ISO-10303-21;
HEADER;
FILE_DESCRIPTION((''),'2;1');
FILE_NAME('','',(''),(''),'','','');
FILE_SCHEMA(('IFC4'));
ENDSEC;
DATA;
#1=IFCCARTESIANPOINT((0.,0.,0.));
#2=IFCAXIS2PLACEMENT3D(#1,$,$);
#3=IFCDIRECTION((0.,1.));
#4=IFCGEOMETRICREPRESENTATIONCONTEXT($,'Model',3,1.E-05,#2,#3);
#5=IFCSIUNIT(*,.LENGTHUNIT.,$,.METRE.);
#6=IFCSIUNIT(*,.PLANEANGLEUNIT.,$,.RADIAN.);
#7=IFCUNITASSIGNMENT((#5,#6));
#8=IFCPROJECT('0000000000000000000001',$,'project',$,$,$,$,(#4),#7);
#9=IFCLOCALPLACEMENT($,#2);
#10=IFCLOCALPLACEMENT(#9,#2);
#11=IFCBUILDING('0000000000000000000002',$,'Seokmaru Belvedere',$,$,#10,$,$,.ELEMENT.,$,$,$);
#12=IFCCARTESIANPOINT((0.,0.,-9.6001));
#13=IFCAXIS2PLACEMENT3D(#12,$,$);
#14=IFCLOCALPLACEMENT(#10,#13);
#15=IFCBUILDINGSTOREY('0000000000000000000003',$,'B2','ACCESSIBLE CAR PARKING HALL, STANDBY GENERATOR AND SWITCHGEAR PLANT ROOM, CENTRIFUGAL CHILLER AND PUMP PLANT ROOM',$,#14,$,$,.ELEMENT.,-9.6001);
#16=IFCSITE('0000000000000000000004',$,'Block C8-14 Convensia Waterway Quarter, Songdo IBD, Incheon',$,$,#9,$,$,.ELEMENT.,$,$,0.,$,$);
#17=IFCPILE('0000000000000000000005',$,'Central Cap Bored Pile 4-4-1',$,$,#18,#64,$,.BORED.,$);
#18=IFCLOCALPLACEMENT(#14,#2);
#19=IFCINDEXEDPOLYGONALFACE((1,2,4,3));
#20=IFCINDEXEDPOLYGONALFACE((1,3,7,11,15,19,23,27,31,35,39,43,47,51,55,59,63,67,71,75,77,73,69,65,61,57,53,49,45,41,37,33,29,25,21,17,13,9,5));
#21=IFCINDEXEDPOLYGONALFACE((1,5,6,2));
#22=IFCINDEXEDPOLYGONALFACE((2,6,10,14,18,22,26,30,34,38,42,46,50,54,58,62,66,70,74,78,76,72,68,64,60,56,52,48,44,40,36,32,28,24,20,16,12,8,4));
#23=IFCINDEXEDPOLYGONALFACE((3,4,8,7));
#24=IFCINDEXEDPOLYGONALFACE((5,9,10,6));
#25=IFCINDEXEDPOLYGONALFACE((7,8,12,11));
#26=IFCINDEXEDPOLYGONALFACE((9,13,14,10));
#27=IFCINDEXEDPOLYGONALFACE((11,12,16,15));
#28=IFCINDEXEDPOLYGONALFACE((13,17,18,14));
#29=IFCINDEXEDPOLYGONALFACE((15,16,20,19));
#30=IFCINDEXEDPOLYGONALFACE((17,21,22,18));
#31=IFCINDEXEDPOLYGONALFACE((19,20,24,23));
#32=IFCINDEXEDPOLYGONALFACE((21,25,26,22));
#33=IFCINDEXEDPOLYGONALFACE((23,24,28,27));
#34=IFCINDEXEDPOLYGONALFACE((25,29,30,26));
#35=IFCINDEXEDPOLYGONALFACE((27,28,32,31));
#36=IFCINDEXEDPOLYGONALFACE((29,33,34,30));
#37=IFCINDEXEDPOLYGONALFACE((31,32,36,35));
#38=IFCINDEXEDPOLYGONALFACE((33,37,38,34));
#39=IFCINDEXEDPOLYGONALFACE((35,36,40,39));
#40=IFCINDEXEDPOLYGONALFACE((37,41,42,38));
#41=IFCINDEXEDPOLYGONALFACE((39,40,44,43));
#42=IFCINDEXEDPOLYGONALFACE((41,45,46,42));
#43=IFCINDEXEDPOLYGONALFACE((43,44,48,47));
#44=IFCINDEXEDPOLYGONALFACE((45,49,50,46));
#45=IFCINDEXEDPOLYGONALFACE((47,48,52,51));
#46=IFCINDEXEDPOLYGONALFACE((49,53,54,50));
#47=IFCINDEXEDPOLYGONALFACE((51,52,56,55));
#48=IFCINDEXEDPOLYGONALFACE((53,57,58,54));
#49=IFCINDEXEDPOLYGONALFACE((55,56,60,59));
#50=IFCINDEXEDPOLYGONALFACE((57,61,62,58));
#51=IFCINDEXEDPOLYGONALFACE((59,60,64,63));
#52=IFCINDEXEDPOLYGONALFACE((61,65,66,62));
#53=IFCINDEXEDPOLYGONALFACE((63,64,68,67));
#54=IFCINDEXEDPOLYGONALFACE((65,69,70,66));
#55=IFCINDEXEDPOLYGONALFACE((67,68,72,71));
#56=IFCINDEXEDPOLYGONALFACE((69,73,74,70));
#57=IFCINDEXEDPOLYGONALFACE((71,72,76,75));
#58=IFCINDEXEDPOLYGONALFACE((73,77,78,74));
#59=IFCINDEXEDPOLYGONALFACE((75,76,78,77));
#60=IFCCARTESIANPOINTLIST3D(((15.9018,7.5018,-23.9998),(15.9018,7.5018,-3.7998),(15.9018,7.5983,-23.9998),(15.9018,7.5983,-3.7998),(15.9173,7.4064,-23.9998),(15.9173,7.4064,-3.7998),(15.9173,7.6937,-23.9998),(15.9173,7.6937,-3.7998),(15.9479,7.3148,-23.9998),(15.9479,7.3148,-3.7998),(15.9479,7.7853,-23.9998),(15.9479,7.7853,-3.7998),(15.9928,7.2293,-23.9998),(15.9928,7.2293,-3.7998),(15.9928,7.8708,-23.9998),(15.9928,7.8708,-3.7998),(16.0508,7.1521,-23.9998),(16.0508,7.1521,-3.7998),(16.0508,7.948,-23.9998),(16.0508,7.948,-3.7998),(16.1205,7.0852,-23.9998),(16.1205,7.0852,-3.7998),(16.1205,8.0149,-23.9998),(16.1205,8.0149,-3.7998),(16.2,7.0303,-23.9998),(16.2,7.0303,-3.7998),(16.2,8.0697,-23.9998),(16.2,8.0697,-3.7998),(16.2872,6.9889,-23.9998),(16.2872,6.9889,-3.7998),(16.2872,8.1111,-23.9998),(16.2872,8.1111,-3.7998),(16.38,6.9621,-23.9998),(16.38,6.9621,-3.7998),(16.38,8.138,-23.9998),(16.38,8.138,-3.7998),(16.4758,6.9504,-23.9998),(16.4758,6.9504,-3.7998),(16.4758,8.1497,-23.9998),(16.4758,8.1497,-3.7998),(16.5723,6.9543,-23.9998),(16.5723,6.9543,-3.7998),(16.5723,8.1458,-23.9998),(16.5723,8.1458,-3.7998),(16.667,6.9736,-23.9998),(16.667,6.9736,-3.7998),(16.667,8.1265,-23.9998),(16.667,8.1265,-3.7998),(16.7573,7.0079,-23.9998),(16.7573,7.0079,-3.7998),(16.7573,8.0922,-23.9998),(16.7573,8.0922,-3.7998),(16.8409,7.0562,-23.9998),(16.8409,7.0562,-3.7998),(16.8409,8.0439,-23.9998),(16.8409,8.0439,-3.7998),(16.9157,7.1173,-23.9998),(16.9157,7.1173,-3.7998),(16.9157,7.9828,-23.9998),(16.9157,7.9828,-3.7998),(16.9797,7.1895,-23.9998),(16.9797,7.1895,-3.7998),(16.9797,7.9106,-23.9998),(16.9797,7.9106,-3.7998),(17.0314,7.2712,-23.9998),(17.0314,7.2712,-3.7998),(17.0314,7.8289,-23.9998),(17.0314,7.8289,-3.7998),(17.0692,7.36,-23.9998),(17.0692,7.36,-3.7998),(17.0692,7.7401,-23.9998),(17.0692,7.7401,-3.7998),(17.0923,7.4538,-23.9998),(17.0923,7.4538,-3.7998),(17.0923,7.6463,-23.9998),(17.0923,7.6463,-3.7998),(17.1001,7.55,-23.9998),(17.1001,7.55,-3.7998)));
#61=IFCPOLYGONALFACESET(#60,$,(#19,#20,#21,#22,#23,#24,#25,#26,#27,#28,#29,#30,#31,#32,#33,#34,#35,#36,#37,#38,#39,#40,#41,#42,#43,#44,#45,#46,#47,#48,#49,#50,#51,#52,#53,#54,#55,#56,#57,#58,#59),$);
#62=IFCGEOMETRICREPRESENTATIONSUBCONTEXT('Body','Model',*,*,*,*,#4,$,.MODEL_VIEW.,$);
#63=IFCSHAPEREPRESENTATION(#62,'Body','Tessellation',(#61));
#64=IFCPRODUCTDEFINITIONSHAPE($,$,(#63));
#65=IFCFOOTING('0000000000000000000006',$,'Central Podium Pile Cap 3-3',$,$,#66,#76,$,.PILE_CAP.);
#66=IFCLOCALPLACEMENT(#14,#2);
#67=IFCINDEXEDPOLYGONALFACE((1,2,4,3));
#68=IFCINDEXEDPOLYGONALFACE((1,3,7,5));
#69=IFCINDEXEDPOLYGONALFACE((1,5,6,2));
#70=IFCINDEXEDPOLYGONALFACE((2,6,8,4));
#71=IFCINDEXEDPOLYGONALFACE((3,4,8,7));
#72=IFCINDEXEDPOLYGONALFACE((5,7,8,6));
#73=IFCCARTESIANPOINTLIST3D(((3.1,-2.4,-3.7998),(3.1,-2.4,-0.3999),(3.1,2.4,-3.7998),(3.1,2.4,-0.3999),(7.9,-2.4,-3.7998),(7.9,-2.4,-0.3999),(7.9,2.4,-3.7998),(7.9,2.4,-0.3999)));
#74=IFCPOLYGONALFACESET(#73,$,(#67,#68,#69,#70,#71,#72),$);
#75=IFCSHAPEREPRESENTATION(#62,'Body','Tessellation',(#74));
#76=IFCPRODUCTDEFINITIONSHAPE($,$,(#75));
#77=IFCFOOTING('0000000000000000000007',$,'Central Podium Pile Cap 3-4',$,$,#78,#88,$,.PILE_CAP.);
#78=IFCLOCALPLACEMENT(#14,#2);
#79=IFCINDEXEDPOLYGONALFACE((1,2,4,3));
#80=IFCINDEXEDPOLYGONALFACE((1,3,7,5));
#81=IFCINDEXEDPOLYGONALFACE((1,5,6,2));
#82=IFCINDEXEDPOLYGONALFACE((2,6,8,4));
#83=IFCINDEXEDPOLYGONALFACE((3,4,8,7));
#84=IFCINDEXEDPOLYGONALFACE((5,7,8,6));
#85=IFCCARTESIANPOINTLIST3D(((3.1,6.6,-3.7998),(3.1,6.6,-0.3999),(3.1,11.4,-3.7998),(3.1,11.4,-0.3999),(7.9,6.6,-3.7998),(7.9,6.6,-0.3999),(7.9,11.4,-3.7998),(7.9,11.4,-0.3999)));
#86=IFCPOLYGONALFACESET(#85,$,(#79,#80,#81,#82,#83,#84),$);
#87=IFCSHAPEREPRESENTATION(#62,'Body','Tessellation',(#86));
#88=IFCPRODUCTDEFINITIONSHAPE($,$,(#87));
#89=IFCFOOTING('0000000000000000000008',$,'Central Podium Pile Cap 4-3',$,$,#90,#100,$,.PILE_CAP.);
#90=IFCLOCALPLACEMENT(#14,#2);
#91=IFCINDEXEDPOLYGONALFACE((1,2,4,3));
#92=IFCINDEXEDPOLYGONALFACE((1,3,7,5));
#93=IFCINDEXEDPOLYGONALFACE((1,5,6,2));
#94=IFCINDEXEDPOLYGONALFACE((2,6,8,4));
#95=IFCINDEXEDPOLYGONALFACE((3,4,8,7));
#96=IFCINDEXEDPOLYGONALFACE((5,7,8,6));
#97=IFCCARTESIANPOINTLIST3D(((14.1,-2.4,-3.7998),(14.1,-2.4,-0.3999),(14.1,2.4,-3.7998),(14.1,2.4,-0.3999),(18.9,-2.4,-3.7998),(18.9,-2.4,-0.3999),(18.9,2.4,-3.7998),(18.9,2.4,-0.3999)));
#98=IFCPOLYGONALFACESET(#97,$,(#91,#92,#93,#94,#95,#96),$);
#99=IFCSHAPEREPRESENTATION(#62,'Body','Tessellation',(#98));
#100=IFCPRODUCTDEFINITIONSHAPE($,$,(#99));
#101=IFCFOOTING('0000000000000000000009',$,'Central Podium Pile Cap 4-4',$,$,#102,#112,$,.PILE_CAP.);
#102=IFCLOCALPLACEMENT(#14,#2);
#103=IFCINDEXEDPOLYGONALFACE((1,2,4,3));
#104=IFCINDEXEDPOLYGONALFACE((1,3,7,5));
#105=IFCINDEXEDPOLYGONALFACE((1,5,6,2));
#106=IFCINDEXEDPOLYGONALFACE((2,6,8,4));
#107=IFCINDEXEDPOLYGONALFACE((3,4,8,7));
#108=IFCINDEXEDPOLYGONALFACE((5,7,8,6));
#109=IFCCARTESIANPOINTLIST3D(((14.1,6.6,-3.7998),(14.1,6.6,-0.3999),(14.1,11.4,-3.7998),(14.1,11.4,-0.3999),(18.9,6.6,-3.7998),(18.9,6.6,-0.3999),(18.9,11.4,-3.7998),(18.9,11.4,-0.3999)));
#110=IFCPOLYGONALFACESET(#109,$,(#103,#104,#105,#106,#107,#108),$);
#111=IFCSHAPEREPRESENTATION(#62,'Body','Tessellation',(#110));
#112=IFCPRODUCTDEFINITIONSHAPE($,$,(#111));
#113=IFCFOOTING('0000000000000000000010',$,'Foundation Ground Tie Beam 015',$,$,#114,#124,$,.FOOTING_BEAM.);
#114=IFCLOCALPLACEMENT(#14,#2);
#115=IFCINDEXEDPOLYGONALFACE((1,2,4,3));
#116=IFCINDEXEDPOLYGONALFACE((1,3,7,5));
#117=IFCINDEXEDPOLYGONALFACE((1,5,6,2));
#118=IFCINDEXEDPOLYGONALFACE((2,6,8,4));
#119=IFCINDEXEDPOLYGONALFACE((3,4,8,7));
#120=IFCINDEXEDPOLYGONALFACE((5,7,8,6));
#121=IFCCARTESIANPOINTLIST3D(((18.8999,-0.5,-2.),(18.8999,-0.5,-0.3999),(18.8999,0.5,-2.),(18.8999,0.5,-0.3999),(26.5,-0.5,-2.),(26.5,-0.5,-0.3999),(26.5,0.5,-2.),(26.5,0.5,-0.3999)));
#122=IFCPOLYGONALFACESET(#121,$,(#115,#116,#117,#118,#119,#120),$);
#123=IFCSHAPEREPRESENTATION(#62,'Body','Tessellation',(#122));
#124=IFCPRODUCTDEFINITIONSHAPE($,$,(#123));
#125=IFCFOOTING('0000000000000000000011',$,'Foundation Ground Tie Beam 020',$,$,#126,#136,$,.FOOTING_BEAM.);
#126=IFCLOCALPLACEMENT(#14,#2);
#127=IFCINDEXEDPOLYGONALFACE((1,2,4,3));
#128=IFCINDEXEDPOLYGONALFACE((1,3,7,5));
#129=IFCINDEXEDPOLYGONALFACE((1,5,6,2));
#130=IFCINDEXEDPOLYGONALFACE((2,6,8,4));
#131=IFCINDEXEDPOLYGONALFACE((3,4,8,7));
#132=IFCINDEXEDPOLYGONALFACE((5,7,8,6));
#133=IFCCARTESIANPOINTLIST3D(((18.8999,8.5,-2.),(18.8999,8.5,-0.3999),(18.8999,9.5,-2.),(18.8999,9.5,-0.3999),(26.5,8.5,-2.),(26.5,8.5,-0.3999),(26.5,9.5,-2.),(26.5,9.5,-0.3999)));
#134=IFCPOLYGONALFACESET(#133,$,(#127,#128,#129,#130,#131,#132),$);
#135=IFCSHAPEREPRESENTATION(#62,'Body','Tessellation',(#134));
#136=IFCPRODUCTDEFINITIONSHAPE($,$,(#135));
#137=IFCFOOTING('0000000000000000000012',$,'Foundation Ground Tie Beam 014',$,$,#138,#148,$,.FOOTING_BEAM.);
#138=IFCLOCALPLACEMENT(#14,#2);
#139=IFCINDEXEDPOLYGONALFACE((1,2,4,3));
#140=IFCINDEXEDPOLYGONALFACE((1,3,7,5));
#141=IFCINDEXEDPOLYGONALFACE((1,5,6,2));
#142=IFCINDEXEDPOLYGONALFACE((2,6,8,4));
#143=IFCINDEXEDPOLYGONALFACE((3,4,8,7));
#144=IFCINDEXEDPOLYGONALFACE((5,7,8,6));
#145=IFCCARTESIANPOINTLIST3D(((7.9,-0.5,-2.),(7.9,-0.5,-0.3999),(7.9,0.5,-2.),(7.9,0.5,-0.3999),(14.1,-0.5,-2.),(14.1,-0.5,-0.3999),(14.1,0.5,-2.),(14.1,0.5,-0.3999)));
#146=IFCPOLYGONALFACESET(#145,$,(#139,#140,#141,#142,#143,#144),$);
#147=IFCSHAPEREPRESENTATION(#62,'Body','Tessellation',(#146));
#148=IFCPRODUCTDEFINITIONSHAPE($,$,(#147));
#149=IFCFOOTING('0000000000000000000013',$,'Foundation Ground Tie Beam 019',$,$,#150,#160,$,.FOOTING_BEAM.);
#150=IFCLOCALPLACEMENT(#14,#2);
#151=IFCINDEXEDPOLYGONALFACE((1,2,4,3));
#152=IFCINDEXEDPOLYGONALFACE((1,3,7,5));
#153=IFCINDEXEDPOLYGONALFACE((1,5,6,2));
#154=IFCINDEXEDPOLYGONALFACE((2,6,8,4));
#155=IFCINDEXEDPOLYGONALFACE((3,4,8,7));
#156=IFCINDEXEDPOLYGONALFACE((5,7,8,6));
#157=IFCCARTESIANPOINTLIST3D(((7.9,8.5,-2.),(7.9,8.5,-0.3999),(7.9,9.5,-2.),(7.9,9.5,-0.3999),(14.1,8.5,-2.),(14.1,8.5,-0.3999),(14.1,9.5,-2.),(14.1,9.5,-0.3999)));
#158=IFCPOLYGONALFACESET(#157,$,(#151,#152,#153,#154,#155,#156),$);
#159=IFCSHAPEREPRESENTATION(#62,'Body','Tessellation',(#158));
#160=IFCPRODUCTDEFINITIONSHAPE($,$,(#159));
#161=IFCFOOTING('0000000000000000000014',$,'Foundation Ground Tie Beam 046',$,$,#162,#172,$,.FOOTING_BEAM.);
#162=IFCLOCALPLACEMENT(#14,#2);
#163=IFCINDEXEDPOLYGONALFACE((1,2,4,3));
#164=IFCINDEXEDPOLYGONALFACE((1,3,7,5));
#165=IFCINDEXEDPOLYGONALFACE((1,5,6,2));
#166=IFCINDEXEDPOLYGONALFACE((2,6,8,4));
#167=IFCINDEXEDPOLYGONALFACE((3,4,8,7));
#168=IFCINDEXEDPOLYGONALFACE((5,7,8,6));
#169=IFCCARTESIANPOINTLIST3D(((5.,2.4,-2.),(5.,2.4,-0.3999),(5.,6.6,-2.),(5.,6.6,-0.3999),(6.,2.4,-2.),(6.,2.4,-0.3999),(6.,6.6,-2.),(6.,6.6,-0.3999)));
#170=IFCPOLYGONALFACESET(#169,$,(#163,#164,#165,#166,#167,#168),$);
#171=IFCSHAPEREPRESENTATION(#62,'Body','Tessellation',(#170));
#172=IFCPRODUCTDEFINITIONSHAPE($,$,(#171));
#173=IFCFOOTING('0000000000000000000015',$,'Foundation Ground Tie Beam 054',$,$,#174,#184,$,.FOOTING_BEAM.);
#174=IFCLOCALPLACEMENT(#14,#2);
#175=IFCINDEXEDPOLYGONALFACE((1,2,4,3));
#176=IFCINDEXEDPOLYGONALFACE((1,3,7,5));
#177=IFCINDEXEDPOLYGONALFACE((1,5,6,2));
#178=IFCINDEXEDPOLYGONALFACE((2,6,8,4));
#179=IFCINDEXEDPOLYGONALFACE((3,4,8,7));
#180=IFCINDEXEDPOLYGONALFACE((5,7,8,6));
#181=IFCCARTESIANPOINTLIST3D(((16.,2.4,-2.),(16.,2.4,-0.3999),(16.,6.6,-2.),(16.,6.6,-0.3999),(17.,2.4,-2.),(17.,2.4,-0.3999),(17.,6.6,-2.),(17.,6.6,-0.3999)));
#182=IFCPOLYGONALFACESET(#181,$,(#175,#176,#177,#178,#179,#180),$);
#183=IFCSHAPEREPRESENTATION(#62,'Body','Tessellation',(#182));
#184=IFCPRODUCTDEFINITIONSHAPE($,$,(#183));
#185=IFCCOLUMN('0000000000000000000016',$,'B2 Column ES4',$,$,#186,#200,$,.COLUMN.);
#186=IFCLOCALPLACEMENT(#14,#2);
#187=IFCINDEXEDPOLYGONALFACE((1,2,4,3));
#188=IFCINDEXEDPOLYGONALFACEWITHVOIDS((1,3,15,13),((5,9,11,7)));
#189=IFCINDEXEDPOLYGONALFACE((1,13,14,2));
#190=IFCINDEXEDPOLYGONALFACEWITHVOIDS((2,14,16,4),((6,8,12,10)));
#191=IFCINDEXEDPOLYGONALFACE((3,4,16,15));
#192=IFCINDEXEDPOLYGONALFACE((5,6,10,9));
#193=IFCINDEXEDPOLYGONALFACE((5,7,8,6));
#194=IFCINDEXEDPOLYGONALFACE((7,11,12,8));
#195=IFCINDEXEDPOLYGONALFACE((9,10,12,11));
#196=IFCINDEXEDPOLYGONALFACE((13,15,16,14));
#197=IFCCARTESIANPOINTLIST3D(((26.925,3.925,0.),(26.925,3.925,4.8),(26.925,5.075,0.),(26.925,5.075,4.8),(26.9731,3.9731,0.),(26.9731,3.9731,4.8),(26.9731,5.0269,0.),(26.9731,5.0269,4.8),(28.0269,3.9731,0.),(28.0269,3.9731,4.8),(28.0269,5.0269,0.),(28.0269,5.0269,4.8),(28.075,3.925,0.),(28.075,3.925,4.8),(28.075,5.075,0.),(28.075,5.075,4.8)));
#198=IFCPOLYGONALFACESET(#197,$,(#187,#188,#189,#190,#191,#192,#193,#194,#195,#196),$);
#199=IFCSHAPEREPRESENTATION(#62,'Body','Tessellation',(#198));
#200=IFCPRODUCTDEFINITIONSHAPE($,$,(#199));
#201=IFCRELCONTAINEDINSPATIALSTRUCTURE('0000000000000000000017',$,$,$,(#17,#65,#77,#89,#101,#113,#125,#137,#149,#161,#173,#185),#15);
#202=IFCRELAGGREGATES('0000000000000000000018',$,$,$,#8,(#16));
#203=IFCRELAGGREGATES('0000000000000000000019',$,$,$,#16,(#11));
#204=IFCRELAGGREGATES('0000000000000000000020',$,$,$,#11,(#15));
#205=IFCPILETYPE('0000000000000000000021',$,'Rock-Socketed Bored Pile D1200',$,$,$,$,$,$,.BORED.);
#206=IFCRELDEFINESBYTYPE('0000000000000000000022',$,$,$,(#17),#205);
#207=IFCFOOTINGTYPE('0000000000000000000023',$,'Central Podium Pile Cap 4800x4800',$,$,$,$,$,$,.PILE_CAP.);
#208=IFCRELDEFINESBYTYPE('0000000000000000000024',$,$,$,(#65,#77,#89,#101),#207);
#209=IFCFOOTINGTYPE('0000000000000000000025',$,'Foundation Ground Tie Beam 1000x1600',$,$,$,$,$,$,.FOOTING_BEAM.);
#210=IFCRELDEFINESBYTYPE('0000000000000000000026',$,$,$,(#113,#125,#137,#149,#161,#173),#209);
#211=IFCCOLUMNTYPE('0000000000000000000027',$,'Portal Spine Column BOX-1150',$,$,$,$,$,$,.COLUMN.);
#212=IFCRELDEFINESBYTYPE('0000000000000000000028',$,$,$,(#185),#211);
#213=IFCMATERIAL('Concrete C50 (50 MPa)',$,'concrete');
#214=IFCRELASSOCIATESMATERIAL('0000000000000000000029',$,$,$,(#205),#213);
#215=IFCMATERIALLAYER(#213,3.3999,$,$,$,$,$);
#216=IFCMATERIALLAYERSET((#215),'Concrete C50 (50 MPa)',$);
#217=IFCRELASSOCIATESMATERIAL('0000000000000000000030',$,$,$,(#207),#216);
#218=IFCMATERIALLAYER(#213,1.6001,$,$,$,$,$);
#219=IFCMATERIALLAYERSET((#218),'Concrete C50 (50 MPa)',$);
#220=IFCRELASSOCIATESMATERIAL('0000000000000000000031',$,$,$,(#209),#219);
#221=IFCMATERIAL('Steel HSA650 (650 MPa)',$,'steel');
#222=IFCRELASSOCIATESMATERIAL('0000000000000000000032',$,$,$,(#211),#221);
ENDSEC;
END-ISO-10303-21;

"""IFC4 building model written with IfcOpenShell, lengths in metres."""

from ifc_helpers import new_model, si_unit, direction, frame, origin, origin_2d, place, context, subcontext, project, spatial, rectangle, hollow_rectangle, circle, extrude, source, transform, mapped, material, layer, layer_set, material_profile, profile_set, type_object, type_shapes, element, save


model = new_model("IFC4")

# Units and contexts
model_context = context("Model", 3, precision=1e-05, world=origin(), true_north=direction((0.0, 1.0)))
body_context = subcontext(model_context, "Body", "Model", "MODEL_VIEW")
ifc_project = project(units=[si_unit("LENGTHUNIT", "METRE"), si_unit("PLANEANGLEUNIT", "RADIAN")], contexts=[model_context])

# Site, building, storey
site_placement = place(None, origin())
site = spatial("IfcSite", under=ifc_project, at=site_placement, Name="Block C8-14 Convensia Waterway Quarter, Songdo IBD, Incheon", CompositionType="ELEMENT", RefElevation=0.0)
building_placement = place(site_placement, origin())
building = spatial("IfcBuilding", under=site, at=building_placement, Name="Seokmaru Belvedere", CompositionType="ELEMENT")
storey_placement = place(building_placement, frame((0.0, 0.0, -9.6001)))
storey = spatial("IfcBuildingStorey", under=building, at=storey_placement, Name="B2", Description="ACCESSIBLE CAR PARKING HALL, STANDBY GENERATOR AND SWITCHGEAR PLANT ROOM, CENTRIFUGAL CHILLER AND PUMP PLANT ROOM", CompositionType="ELEMENT", Elevation=-9.6001)

# Pile
ifc_material_1 = material(Name="Concrete C50 (50 MPa)", Category="concrete")
ifc_material_profile_1 = material_profile(ifc_material_1, circle(Radius=0.6001, at=origin_2d()), Name="PILE-D1200")
ifc_profile_set_1 = profile_set([ifc_material_profile_1], Name="Concrete C50 (50 MPa)")
pile_type = type_object("IfcPileType", Name="Rock-Socketed Bored Pile D1200", PredefinedType="BORED", material=ifc_profile_set_1)
shared_shape_1 = source(origin(), body_context, "Body", "SweptSolid", [
    extrude(circle(Radius=0.6001, at=origin_2d()), origin(), (0.0, 0.0, 1.0), 20.2),
])
type_shapes(pile_type, [shared_shape_1])
for number, where, z_axis, x_axis, name in (
    (1, (16.5, 7.55, -3.7998), (0.0, 0.0, -1.0), (1.0, 0.0, 0.0), "Central Cap Bored Pile 4-4-1"),
):
    element("IfcPile", number, at=place(storey_placement, frame(where, z_axis=z_axis, x_axis=x_axis)), inside=storey, type_object=pile_type, Name=name, PredefinedType="BORED", context=body_context, shape_type="MappedRepresentation", body=[
        mapped(shared_shape_1, transform((0.0, 0.0, 0.0), scale=1.0)),
    ])

# Footings
ifc_layer_1 = layer(ifc_material_1, 3.3999)
ifc_layer_set_1 = layer_set([ifc_layer_1], Name="Concrete C50 (50 MPa)")
footing_type_1 = type_object("IfcFootingType", Name="Central Podium Pile Cap 4800x4800", PredefinedType="PILE_CAP", material=ifc_layer_set_1)
shared_shape_2 = source(origin(), body_context, "Body", "SweptSolid", [
    extrude(rectangle(XDim=4.8, YDim=4.8, at=origin_2d()), origin(), (0.0, 0.0, 1.0), 3.3999),
])
type_shapes(footing_type_1, [shared_shape_2])
for number, where, z_axis, x_axis, name in (
    (2, (5.5, 0.0, -3.7998), (0.0, 0.0, 1.0), (1.0, 0.0, 0.0), "Central Podium Pile Cap 3-3"),
    (3, (5.5, 9.0, -3.7998), (0.0, 0.0, 1.0), (1.0, 0.0, 0.0), "Central Podium Pile Cap 3-4"),
    (4, (16.5, 0.0, -3.7998), (0.0, 0.0, 1.0), (1.0, 0.0, 0.0), "Central Podium Pile Cap 4-3"),
    (5, (16.5, 9.0, -3.7998), (0.0, 0.0, 1.0), (1.0, 0.0, 0.0), "Central Podium Pile Cap 4-4"),
):
    element("IfcFooting", number, at=place(storey_placement, frame(where, z_axis=z_axis, x_axis=x_axis)), inside=storey, type_object=footing_type_1, Name=name, PredefinedType="PILE_CAP", context=body_context, shape_type="MappedRepresentation", body=[
        mapped(shared_shape_2, transform((0.0, 0.0, 0.0), scale=1.0)),
    ])
ifc_layer_2 = layer(ifc_material_1, 1.6001)
ifc_layer_set_2 = layer_set([ifc_layer_2], Name="Concrete C50 (50 MPa)")
footing_type_2 = type_object("IfcFootingType", Name="Foundation Ground Tie Beam 1000x1600", PredefinedType="FOOTING_BEAM", material=ifc_layer_set_2)
shared_shape_3 = source(origin(), body_context, "Body", "SweptSolid", [
    extrude(rectangle(XDim=7.6001, YDim=1.0, at=origin_2d()), origin(), (0.0, 0.0, 1.0), 1.6001),
])
for number, where, z_axis, x_axis, name in (
    (6, (22.7, 0.0, -2.0), (0.0, 0.0, 1.0), (1.0, 0.0, 0.0), "Foundation Ground Tie Beam 015"),
    (7, (22.7, 9.0, -2.0), (0.0, 0.0, 1.0), (1.0, 0.0, 0.0), "Foundation Ground Tie Beam 020"),
):
    element("IfcFooting", number, at=place(storey_placement, frame(where, z_axis=z_axis, x_axis=x_axis)), inside=storey, type_object=footing_type_2, Name=name, PredefinedType="FOOTING_BEAM", context=body_context, shape_type="MappedRepresentation", body=[
        mapped(shared_shape_3, transform((0.0, 0.0, 0.0), scale=1.0)),
    ])
shared_shape_4 = source(origin(), body_context, "Body", "SweptSolid", [
    extrude(rectangle(XDim=6.2, YDim=1.0, at=origin_2d()), origin(), (0.0, 0.0, 1.0), 1.6001),
])
for number, where, z_axis, x_axis, name in (
    (8, (11.0, 0.0, -2.0), (0.0, 0.0, 1.0), (1.0, 0.0, 0.0), "Foundation Ground Tie Beam 014"),
    (9, (11.0, 9.0, -2.0), (0.0, 0.0, 1.0), (1.0, 0.0, 0.0), "Foundation Ground Tie Beam 019"),
):
    element("IfcFooting", number, at=place(storey_placement, frame(where, z_axis=z_axis, x_axis=x_axis)), inside=storey, type_object=footing_type_2, Name=name, PredefinedType="FOOTING_BEAM", context=body_context, shape_type="MappedRepresentation", body=[
        mapped(shared_shape_4, transform((0.0, 0.0, 0.0), scale=1.0)),
    ])
shared_shape_5 = source(origin(), body_context, "Body", "SweptSolid", [
    extrude(rectangle(XDim=1.0, YDim=4.2, at=origin_2d()), origin(), (0.0, 0.0, 1.0), 1.6001),
])
type_shapes(footing_type_2, [shared_shape_3, shared_shape_4, shared_shape_5])
for number, where, z_axis, x_axis, name in (
    (10, (5.5, 4.5, -2.0), (0.0, 0.0, 1.0), (1.0, 0.0, 0.0), "Foundation Ground Tie Beam 046"),
    (11, (16.5, 4.5, -2.0), (0.0, 0.0, 1.0), (1.0, 0.0, 0.0), "Foundation Ground Tie Beam 054"),
):
    element("IfcFooting", number, at=place(storey_placement, frame(where, z_axis=z_axis, x_axis=x_axis)), inside=storey, type_object=footing_type_2, Name=name, PredefinedType="FOOTING_BEAM", context=body_context, shape_type="MappedRepresentation", body=[
        mapped(shared_shape_5, transform((0.0, 0.0, 0.0), scale=1.0)),
    ])

# Column
ifc_material_2 = material(Name="Steel HSA650 (650 MPa)", Category="steel")
ifc_material_profile_2 = material_profile(ifc_material_2, hollow_rectangle(XDim=1.1499, YDim=1.1499, WallThickness=0.0481, at=origin_2d()), Name="BOX-1150x1150x48")
ifc_profile_set_2 = profile_set([ifc_material_profile_2], Name="Steel HSA650 (650 MPa)")
column_type_1 = type_object("IfcColumnType", Name="Portal Spine Column BOX-1150", PredefinedType="COLUMN", material=ifc_profile_set_2)
shared_shape_6 = source(origin(), body_context, "Body", "SweptSolid", [
    extrude(hollow_rectangle(XDim=1.1499, YDim=1.1499, WallThickness=0.0481, at=origin_2d()), origin(), (0.0, 0.0, 1.0), 4.8),
])
type_shapes(column_type_1, [shared_shape_6])
for number, where, z_axis, x_axis, name in (
    (12, (27.5, 4.5, 0.0), (0.0, 0.0, 1.0), (1.0, 0.0, 0.0), "B2 Column ES4"),
):
    element("IfcColumn", number, at=place(storey_placement, frame(where, z_axis=z_axis, x_axis=x_axis)), inside=storey, type_object=column_type_1, Name=name, PredefinedType="COLUMN", context=body_context, shape_type="MappedRepresentation", body=[
        mapped(shared_shape_6, transform((0.0, 0.0, 0.0), scale=1.0)),
    ])

save(model, "model.ifc")
